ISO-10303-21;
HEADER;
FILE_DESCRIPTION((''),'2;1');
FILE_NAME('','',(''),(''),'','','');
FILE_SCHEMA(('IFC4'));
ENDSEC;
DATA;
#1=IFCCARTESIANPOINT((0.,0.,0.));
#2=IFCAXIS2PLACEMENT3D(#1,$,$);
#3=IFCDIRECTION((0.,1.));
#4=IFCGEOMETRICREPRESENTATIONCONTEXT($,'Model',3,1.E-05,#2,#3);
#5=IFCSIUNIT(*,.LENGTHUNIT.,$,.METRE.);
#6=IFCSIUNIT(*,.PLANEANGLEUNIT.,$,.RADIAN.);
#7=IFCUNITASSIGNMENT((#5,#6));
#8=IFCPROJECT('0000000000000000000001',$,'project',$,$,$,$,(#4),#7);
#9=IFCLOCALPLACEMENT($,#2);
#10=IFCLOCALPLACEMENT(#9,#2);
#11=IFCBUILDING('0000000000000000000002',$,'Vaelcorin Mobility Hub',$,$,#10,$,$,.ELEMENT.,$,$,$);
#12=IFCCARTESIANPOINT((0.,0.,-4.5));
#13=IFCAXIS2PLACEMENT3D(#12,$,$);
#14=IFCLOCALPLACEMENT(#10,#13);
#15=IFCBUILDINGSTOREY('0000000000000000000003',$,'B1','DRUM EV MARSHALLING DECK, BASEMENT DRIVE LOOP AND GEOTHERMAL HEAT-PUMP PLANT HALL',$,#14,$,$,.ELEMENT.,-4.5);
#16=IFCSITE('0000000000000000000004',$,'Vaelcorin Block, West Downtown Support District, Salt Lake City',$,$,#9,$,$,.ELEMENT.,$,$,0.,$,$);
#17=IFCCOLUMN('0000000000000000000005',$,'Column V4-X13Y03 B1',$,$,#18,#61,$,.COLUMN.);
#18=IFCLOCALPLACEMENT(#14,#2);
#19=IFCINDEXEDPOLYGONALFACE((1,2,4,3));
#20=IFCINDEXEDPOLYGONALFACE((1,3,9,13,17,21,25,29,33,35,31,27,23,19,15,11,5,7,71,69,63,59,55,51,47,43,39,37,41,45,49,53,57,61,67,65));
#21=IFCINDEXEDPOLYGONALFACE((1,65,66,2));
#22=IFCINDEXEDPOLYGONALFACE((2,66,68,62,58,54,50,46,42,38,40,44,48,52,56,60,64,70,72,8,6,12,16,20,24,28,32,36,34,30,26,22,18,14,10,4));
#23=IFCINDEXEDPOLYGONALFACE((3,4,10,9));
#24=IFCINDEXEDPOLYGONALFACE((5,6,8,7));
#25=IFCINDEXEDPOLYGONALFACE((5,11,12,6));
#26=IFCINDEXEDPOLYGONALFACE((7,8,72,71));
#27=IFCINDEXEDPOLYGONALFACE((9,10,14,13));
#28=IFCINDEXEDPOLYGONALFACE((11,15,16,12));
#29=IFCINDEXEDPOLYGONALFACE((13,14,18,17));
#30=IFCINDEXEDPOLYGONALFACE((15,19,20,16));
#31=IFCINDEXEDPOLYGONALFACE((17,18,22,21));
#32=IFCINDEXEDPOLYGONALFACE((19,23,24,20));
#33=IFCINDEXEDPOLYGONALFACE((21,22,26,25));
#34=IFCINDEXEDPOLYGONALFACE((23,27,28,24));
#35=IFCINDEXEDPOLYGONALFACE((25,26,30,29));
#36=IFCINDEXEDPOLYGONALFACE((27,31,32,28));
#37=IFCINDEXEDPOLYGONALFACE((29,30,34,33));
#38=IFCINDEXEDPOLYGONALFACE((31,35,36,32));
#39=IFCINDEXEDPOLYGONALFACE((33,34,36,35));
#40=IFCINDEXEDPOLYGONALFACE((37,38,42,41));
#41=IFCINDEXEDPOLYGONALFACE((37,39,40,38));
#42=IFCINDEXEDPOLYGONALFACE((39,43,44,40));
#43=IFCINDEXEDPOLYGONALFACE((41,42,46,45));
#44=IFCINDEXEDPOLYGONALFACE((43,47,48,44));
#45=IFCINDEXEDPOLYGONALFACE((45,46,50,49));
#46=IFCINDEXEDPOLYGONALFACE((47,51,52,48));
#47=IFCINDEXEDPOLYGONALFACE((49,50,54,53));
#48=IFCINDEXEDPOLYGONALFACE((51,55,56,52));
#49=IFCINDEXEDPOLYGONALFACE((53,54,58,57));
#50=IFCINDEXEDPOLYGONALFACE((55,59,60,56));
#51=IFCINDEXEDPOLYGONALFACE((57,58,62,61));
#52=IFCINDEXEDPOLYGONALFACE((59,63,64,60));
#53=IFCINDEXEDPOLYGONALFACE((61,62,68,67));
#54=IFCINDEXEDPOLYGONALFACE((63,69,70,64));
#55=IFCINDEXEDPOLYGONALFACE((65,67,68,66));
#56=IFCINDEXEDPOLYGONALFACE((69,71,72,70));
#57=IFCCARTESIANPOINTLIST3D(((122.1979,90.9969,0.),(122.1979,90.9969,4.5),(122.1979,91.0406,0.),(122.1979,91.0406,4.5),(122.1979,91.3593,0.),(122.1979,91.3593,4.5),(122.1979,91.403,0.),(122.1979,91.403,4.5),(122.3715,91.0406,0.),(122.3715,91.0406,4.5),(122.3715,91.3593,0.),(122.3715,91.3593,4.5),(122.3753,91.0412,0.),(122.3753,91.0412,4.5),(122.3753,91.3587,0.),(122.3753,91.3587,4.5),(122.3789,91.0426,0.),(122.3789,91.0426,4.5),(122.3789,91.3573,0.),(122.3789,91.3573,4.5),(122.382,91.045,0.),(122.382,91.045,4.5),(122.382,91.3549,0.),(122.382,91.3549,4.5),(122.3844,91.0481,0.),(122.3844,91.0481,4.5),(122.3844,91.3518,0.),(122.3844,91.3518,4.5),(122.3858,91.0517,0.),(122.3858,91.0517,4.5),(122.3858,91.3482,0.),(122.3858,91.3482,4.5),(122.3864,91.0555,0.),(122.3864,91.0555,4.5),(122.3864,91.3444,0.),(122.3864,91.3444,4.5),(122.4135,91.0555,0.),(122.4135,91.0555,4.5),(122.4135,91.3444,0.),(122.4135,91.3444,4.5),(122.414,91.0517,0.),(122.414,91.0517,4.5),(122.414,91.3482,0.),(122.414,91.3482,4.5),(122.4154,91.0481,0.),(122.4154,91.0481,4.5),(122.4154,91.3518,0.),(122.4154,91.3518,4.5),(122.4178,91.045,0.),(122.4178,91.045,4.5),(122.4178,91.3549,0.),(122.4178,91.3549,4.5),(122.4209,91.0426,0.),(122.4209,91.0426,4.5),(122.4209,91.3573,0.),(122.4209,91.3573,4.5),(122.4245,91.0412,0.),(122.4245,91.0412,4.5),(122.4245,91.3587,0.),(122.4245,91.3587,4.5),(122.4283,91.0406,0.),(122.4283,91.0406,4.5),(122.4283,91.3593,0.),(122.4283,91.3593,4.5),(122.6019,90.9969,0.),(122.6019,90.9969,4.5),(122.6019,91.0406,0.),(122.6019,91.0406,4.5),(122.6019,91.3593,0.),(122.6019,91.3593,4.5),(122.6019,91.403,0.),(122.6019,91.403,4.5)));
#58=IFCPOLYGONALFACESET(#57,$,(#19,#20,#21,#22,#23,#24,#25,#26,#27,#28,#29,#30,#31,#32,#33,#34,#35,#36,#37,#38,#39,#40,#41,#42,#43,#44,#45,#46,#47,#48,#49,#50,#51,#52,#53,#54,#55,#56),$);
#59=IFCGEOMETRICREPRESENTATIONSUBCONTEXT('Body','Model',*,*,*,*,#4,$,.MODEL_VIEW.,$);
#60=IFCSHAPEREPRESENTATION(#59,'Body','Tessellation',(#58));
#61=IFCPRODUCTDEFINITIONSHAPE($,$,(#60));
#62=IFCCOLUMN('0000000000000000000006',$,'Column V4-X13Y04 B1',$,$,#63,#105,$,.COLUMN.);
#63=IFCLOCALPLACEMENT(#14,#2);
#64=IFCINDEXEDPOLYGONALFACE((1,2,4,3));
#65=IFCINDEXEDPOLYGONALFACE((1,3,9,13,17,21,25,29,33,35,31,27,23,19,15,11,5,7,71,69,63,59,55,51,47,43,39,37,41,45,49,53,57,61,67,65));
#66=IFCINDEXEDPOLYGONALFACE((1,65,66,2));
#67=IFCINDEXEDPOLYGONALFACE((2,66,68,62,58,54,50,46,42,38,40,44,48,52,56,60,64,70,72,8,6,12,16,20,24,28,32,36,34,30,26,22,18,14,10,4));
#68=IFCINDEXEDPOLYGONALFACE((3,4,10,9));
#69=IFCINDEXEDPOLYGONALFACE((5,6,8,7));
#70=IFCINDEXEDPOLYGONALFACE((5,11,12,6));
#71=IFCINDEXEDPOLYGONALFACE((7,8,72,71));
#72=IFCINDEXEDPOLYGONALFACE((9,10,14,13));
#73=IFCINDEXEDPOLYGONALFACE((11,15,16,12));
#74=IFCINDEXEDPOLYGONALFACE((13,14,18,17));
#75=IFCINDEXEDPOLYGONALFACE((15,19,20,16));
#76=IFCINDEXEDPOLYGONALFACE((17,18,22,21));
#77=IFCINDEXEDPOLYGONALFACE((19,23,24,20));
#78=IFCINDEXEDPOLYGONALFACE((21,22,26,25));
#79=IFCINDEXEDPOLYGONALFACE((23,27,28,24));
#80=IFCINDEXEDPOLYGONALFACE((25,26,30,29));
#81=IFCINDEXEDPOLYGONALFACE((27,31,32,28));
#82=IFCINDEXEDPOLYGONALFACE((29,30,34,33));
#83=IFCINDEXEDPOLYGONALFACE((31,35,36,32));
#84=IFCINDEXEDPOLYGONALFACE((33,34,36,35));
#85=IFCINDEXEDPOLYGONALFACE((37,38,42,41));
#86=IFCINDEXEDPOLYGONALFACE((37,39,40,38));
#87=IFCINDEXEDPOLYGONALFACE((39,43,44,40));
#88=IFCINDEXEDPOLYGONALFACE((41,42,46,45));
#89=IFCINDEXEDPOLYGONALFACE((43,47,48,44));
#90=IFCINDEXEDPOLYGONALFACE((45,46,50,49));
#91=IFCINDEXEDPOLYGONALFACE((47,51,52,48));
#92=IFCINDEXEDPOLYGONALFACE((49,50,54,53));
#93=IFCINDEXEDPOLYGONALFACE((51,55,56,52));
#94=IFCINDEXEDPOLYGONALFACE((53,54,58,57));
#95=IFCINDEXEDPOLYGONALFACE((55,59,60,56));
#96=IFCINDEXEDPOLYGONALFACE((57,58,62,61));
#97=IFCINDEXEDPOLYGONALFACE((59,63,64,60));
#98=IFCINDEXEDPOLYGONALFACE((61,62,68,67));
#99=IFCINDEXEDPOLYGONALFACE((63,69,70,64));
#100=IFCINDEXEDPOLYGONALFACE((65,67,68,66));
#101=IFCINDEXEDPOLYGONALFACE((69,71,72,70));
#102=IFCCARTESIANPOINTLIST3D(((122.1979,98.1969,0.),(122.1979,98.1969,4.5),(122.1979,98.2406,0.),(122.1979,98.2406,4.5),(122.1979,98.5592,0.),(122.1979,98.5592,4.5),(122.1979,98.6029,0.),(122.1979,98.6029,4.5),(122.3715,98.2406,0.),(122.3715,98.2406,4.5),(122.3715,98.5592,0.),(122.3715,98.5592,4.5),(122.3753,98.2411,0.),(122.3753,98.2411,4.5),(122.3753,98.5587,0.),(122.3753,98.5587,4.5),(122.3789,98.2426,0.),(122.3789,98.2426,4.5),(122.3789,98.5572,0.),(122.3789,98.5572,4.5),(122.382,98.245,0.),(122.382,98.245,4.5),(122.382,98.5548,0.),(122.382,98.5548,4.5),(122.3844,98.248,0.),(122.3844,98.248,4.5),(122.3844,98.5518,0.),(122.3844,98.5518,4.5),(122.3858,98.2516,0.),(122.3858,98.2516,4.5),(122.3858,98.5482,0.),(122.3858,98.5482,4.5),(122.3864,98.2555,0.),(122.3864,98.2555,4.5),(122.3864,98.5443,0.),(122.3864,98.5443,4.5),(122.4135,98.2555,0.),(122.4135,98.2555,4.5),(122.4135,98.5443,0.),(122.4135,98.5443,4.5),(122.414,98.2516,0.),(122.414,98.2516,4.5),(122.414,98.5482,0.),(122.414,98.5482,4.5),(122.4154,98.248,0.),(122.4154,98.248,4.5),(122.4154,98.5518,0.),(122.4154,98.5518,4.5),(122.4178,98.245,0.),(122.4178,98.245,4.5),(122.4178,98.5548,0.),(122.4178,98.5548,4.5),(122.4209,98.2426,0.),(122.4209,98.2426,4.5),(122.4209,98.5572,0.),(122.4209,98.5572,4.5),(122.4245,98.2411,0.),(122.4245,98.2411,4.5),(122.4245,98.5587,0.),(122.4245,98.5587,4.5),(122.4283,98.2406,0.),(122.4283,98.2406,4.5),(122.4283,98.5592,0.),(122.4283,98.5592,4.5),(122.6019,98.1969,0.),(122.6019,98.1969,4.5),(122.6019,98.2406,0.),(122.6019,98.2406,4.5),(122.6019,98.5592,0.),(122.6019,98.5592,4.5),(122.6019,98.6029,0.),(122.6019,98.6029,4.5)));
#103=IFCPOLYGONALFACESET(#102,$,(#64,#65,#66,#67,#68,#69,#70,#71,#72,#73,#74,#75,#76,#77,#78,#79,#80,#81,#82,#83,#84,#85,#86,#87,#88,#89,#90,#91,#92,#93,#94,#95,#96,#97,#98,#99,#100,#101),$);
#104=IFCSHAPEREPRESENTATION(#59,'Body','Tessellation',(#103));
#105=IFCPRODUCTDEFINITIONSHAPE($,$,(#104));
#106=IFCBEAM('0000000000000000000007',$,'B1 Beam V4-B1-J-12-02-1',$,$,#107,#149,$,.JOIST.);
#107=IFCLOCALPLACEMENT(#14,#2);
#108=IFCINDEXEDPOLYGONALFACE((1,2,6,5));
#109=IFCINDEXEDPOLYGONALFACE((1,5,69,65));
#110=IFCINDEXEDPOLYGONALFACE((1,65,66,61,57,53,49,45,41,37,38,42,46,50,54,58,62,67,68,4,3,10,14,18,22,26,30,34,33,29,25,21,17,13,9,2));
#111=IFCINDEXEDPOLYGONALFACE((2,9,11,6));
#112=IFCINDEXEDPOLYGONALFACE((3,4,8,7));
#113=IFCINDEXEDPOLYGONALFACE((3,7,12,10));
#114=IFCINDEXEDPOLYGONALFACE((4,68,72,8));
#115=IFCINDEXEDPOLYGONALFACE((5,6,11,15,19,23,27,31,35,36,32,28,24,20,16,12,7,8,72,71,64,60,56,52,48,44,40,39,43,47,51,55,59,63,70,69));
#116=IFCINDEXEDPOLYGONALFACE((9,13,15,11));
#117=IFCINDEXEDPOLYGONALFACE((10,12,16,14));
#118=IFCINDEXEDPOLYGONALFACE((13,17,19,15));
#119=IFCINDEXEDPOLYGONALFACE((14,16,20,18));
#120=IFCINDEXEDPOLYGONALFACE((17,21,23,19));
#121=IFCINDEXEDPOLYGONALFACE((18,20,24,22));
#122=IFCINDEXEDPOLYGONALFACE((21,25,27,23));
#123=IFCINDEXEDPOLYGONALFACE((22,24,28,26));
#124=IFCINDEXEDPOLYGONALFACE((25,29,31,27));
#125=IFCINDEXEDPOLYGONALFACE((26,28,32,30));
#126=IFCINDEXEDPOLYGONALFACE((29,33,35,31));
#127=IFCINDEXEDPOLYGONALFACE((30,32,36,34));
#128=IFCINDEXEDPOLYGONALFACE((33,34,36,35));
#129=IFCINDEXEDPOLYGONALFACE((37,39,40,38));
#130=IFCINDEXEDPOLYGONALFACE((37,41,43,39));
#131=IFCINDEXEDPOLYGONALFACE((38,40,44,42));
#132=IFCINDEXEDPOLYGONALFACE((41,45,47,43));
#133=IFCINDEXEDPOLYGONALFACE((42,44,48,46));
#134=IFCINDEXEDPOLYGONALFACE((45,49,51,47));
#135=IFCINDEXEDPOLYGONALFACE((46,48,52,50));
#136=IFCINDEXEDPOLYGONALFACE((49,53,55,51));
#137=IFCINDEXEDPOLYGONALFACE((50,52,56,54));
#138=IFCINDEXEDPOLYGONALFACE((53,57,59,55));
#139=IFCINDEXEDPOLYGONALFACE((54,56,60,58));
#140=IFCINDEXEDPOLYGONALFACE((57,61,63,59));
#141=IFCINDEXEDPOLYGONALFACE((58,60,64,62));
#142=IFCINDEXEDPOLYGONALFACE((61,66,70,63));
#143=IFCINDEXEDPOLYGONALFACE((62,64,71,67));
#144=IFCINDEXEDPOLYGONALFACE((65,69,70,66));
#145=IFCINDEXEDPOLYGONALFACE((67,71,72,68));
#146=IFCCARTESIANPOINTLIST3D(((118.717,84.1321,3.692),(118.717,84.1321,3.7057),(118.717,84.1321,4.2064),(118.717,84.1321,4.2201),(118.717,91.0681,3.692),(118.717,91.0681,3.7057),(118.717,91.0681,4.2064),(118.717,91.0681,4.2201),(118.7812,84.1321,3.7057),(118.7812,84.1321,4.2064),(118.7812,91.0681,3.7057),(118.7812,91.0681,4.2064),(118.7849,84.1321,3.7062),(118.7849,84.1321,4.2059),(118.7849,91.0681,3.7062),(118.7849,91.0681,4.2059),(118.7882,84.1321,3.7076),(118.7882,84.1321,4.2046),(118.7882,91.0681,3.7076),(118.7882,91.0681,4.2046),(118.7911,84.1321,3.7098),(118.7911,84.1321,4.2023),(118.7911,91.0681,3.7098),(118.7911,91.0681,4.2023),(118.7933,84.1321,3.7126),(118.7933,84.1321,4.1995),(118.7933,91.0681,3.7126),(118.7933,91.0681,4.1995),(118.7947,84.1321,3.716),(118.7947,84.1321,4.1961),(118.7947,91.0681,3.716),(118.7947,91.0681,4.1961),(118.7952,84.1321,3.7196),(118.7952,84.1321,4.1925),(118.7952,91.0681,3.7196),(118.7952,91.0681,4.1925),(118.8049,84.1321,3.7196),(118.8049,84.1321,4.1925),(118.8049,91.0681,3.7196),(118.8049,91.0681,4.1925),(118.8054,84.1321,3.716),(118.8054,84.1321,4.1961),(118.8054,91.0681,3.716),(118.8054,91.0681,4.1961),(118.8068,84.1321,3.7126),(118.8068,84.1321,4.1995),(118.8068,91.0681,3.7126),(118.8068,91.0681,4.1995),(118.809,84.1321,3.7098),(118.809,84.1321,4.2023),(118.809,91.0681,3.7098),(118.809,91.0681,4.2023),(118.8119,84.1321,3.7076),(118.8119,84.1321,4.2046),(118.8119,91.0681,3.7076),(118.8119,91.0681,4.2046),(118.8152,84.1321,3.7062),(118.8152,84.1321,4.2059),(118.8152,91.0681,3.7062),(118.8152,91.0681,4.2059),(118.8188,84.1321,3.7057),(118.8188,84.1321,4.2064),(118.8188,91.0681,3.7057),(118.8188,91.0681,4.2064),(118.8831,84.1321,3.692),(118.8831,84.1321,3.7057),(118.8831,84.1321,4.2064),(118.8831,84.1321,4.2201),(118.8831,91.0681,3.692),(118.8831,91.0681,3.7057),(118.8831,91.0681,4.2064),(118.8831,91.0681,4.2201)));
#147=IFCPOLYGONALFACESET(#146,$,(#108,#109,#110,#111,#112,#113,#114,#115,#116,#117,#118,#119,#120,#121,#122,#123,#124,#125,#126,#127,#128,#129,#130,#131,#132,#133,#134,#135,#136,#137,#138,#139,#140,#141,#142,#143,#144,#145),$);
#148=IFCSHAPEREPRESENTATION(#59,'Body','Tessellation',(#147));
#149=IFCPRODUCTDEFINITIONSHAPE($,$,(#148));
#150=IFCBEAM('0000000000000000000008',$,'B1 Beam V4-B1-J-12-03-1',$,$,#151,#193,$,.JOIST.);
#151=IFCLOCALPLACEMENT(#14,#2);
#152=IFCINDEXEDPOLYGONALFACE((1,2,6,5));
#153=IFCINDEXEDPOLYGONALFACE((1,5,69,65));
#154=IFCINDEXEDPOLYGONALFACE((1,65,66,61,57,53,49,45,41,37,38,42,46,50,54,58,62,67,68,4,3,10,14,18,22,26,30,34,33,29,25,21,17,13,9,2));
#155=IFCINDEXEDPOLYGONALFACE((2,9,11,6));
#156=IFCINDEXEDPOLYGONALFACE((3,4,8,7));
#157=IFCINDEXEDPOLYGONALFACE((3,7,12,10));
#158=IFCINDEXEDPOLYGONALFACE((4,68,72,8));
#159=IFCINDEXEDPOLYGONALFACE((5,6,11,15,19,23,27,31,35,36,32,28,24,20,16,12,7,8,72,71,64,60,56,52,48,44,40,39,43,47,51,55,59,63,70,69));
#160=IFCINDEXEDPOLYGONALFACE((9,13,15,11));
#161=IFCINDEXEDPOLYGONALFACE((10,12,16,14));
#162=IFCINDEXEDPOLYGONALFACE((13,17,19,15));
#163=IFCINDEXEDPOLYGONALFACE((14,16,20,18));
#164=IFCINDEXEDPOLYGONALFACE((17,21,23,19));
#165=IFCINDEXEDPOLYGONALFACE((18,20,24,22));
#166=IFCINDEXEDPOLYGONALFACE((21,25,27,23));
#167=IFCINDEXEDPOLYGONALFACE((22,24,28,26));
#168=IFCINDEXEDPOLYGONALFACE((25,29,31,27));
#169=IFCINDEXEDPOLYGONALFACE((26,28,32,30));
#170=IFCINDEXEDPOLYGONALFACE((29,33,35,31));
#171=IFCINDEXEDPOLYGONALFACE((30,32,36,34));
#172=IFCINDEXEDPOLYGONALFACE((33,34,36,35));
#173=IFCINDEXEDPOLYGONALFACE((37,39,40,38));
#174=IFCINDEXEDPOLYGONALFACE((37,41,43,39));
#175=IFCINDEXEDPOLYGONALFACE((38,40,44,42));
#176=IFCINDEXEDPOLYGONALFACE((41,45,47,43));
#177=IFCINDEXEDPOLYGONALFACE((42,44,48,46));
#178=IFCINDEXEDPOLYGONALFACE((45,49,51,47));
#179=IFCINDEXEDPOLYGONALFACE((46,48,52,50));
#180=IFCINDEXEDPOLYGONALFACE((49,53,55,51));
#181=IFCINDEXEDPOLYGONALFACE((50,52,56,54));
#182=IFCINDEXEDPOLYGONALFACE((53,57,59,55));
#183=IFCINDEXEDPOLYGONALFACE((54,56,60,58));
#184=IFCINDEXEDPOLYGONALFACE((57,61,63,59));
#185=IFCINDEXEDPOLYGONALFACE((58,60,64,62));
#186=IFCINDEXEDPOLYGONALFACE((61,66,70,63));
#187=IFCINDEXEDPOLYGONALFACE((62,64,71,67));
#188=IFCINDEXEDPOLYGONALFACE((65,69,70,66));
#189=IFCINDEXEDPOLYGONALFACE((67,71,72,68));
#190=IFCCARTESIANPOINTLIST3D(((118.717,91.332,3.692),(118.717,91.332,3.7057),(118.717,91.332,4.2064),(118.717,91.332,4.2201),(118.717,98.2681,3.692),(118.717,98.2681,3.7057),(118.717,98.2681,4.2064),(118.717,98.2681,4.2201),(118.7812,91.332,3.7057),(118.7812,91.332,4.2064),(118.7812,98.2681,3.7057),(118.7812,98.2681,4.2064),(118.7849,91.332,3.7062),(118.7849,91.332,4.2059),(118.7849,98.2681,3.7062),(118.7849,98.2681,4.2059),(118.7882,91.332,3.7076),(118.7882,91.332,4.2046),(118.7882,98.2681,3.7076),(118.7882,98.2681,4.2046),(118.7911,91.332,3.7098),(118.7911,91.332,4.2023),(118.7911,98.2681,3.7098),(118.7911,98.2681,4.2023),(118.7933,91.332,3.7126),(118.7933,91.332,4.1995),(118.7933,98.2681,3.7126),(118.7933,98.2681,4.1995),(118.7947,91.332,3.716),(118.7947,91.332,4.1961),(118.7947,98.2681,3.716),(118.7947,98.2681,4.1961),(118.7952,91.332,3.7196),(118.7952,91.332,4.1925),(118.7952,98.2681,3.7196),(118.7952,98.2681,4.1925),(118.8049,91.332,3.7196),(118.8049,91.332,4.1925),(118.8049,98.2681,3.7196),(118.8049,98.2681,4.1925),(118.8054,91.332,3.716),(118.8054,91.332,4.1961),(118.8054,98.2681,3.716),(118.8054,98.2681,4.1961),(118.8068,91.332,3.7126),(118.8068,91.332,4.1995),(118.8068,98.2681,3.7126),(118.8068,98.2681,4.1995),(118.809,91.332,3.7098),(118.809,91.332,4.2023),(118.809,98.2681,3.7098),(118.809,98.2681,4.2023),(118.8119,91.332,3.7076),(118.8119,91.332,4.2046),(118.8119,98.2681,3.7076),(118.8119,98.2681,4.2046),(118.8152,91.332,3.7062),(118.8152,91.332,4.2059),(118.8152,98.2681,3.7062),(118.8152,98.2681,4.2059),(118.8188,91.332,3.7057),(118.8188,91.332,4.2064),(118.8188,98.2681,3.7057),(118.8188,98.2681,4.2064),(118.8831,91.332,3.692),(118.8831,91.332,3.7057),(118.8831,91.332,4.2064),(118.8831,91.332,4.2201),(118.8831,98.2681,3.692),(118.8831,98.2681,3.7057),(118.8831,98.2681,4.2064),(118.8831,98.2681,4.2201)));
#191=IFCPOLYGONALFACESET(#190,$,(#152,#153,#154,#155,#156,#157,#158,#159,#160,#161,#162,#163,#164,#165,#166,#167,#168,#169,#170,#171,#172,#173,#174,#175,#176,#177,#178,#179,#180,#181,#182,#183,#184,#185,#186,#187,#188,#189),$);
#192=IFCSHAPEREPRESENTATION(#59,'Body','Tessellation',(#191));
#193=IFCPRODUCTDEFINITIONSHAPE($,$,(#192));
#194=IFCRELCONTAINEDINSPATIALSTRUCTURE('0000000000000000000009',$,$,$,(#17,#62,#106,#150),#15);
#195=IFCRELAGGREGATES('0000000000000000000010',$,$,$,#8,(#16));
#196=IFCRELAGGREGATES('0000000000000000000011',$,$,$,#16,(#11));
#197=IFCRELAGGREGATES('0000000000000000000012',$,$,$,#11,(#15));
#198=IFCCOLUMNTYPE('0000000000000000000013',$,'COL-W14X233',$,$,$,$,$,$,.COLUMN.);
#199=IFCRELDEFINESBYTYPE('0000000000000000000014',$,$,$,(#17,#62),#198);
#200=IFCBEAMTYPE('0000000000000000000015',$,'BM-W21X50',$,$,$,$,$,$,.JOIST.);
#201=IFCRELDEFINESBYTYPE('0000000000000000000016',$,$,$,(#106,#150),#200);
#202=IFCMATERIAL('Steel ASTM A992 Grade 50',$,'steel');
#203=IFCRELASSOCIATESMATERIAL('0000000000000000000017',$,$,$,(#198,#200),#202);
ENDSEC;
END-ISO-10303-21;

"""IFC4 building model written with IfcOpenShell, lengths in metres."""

from ifc_helpers import new_model, si_unit, direction, frame, origin, origin_2d, place, context, subcontext, project, spatial, i_section, extrude, material, material_profile, profile_set, type_object, element, save


model = new_model("IFC4")

# Units and contexts
model_context = context("Model", 3, precision=1e-05, world=origin(), true_north=direction((0.0, 1.0)))
body_context = subcontext(model_context, "Body", "Model", "MODEL_VIEW")
ifc_project = project(units=[si_unit("LENGTHUNIT", "METRE"), si_unit("PLANEANGLEUNIT", "RADIAN")], contexts=[model_context])

# Site, building, storey
site_placement = place(None, origin())
site = spatial("IfcSite", under=ifc_project, at=site_placement, Name="Vaelcorin Block, West Downtown Support District, Salt Lake City", CompositionType="ELEMENT", RefElevation=0.0)
building_placement = place(site_placement, origin())
building = spatial("IfcBuilding", under=site, at=building_placement, Name="Vaelcorin Mobility Hub", CompositionType="ELEMENT")
storey_placement = place(building_placement, frame((0.0, 0.0, -4.5)))
storey = spatial("IfcBuildingStorey", under=building, at=storey_placement, Name="B1", Description="DRUM EV MARSHALLING DECK, BASEMENT DRIVE LOOP AND GEOTHERMAL HEAT-PUMP PLANT HALL", CompositionType="ELEMENT", Elevation=-4.5)

# Columns
ifc_material_1 = material(Name="Steel ASTM A992 Grade 50", Category="steel")
ifc_material_profile_1 = material_profile(ifc_material_1, i_section(OverallWidth=0.4041, OverallDepth=0.406, WebThickness=0.0271, FlangeThickness=0.0437, FilletRadius=0.0149, at=origin_2d()), Name="W14X233")
ifc_profile_set_1 = profile_set([ifc_material_profile_1], Name="Steel ASTM A992 Grade 50")
column_type_1 = type_object("IfcColumnType", Name="COL-W14X233", PredefinedType="COLUMN", material=ifc_profile_set_1)
for number, where, z_axis, x_axis, name in (
    (1, (122.3999, 91.2, 0.0), (0.0, 0.0, 1.0), (1.0, 0.0, 0.0), "Column V4-X13Y03 B1"),
    (2, (122.3999, 98.3999, 0.0), (0.0, 0.0, 1.0), (1.0, 0.0, 0.0), "Column V4-X13Y04 B1"),
):
    element("IfcColumn", number, at=place(storey_placement, frame(where, z_axis=z_axis, x_axis=x_axis)), inside=storey, type_object=column_type_1, Name=name, PredefinedType="COLUMN", context=body_context, shape_type="SweptSolid", body=[
        extrude(i_section(OverallWidth=0.4041, OverallDepth=0.406, WebThickness=0.0271, FlangeThickness=0.0437, FilletRadius=0.0149, at=origin_2d()), origin(), (0.0, 0.0, 1.0), 4.5),
    ])

# Beams
ifc_material_profile_2 = material_profile(ifc_material_1, i_section(OverallWidth=0.166, OverallDepth=0.5281, WebThickness=0.0098, FlangeThickness=0.0137, FilletRadius=0.0139, at=origin_2d()), Name="W21X50")
ifc_profile_set_2 = profile_set([ifc_material_profile_2], Name="Steel ASTM A992 Grade 50")
beam_type_1 = type_object("IfcBeamType", Name="BM-W21X50", PredefinedType="JOIST", material=ifc_profile_set_2)
for number, where, z_axis, x_axis, name in (
    (3, (118.8, 84.1321, 3.9561), (0.0, 1.0, 0.0), (-1.0, 0.0, 0.0), "B1 Beam V4-B1-J-12-02-1"),
    (4, (118.8, 91.332, 3.9561), (0.0, 1.0, 0.0), (-1.0, 0.0, 0.0), "B1 Beam V4-B1-J-12-03-1"),
):
    element("IfcBeam", number, at=place(storey_placement, frame(where, z_axis=z_axis, x_axis=x_axis)), inside=storey, type_object=beam_type_1, Name=name, PredefinedType="JOIST", context=body_context, shape_type="SweptSolid", body=[
        extrude(i_section(OverallWidth=0.166, OverallDepth=0.5281, WebThickness=0.0098, FlangeThickness=0.0137, FilletRadius=0.0139, at=origin_2d()), origin(), (0.0, 0.0, 1.0), 6.936),
    ])

save(model, "model.ifc")
